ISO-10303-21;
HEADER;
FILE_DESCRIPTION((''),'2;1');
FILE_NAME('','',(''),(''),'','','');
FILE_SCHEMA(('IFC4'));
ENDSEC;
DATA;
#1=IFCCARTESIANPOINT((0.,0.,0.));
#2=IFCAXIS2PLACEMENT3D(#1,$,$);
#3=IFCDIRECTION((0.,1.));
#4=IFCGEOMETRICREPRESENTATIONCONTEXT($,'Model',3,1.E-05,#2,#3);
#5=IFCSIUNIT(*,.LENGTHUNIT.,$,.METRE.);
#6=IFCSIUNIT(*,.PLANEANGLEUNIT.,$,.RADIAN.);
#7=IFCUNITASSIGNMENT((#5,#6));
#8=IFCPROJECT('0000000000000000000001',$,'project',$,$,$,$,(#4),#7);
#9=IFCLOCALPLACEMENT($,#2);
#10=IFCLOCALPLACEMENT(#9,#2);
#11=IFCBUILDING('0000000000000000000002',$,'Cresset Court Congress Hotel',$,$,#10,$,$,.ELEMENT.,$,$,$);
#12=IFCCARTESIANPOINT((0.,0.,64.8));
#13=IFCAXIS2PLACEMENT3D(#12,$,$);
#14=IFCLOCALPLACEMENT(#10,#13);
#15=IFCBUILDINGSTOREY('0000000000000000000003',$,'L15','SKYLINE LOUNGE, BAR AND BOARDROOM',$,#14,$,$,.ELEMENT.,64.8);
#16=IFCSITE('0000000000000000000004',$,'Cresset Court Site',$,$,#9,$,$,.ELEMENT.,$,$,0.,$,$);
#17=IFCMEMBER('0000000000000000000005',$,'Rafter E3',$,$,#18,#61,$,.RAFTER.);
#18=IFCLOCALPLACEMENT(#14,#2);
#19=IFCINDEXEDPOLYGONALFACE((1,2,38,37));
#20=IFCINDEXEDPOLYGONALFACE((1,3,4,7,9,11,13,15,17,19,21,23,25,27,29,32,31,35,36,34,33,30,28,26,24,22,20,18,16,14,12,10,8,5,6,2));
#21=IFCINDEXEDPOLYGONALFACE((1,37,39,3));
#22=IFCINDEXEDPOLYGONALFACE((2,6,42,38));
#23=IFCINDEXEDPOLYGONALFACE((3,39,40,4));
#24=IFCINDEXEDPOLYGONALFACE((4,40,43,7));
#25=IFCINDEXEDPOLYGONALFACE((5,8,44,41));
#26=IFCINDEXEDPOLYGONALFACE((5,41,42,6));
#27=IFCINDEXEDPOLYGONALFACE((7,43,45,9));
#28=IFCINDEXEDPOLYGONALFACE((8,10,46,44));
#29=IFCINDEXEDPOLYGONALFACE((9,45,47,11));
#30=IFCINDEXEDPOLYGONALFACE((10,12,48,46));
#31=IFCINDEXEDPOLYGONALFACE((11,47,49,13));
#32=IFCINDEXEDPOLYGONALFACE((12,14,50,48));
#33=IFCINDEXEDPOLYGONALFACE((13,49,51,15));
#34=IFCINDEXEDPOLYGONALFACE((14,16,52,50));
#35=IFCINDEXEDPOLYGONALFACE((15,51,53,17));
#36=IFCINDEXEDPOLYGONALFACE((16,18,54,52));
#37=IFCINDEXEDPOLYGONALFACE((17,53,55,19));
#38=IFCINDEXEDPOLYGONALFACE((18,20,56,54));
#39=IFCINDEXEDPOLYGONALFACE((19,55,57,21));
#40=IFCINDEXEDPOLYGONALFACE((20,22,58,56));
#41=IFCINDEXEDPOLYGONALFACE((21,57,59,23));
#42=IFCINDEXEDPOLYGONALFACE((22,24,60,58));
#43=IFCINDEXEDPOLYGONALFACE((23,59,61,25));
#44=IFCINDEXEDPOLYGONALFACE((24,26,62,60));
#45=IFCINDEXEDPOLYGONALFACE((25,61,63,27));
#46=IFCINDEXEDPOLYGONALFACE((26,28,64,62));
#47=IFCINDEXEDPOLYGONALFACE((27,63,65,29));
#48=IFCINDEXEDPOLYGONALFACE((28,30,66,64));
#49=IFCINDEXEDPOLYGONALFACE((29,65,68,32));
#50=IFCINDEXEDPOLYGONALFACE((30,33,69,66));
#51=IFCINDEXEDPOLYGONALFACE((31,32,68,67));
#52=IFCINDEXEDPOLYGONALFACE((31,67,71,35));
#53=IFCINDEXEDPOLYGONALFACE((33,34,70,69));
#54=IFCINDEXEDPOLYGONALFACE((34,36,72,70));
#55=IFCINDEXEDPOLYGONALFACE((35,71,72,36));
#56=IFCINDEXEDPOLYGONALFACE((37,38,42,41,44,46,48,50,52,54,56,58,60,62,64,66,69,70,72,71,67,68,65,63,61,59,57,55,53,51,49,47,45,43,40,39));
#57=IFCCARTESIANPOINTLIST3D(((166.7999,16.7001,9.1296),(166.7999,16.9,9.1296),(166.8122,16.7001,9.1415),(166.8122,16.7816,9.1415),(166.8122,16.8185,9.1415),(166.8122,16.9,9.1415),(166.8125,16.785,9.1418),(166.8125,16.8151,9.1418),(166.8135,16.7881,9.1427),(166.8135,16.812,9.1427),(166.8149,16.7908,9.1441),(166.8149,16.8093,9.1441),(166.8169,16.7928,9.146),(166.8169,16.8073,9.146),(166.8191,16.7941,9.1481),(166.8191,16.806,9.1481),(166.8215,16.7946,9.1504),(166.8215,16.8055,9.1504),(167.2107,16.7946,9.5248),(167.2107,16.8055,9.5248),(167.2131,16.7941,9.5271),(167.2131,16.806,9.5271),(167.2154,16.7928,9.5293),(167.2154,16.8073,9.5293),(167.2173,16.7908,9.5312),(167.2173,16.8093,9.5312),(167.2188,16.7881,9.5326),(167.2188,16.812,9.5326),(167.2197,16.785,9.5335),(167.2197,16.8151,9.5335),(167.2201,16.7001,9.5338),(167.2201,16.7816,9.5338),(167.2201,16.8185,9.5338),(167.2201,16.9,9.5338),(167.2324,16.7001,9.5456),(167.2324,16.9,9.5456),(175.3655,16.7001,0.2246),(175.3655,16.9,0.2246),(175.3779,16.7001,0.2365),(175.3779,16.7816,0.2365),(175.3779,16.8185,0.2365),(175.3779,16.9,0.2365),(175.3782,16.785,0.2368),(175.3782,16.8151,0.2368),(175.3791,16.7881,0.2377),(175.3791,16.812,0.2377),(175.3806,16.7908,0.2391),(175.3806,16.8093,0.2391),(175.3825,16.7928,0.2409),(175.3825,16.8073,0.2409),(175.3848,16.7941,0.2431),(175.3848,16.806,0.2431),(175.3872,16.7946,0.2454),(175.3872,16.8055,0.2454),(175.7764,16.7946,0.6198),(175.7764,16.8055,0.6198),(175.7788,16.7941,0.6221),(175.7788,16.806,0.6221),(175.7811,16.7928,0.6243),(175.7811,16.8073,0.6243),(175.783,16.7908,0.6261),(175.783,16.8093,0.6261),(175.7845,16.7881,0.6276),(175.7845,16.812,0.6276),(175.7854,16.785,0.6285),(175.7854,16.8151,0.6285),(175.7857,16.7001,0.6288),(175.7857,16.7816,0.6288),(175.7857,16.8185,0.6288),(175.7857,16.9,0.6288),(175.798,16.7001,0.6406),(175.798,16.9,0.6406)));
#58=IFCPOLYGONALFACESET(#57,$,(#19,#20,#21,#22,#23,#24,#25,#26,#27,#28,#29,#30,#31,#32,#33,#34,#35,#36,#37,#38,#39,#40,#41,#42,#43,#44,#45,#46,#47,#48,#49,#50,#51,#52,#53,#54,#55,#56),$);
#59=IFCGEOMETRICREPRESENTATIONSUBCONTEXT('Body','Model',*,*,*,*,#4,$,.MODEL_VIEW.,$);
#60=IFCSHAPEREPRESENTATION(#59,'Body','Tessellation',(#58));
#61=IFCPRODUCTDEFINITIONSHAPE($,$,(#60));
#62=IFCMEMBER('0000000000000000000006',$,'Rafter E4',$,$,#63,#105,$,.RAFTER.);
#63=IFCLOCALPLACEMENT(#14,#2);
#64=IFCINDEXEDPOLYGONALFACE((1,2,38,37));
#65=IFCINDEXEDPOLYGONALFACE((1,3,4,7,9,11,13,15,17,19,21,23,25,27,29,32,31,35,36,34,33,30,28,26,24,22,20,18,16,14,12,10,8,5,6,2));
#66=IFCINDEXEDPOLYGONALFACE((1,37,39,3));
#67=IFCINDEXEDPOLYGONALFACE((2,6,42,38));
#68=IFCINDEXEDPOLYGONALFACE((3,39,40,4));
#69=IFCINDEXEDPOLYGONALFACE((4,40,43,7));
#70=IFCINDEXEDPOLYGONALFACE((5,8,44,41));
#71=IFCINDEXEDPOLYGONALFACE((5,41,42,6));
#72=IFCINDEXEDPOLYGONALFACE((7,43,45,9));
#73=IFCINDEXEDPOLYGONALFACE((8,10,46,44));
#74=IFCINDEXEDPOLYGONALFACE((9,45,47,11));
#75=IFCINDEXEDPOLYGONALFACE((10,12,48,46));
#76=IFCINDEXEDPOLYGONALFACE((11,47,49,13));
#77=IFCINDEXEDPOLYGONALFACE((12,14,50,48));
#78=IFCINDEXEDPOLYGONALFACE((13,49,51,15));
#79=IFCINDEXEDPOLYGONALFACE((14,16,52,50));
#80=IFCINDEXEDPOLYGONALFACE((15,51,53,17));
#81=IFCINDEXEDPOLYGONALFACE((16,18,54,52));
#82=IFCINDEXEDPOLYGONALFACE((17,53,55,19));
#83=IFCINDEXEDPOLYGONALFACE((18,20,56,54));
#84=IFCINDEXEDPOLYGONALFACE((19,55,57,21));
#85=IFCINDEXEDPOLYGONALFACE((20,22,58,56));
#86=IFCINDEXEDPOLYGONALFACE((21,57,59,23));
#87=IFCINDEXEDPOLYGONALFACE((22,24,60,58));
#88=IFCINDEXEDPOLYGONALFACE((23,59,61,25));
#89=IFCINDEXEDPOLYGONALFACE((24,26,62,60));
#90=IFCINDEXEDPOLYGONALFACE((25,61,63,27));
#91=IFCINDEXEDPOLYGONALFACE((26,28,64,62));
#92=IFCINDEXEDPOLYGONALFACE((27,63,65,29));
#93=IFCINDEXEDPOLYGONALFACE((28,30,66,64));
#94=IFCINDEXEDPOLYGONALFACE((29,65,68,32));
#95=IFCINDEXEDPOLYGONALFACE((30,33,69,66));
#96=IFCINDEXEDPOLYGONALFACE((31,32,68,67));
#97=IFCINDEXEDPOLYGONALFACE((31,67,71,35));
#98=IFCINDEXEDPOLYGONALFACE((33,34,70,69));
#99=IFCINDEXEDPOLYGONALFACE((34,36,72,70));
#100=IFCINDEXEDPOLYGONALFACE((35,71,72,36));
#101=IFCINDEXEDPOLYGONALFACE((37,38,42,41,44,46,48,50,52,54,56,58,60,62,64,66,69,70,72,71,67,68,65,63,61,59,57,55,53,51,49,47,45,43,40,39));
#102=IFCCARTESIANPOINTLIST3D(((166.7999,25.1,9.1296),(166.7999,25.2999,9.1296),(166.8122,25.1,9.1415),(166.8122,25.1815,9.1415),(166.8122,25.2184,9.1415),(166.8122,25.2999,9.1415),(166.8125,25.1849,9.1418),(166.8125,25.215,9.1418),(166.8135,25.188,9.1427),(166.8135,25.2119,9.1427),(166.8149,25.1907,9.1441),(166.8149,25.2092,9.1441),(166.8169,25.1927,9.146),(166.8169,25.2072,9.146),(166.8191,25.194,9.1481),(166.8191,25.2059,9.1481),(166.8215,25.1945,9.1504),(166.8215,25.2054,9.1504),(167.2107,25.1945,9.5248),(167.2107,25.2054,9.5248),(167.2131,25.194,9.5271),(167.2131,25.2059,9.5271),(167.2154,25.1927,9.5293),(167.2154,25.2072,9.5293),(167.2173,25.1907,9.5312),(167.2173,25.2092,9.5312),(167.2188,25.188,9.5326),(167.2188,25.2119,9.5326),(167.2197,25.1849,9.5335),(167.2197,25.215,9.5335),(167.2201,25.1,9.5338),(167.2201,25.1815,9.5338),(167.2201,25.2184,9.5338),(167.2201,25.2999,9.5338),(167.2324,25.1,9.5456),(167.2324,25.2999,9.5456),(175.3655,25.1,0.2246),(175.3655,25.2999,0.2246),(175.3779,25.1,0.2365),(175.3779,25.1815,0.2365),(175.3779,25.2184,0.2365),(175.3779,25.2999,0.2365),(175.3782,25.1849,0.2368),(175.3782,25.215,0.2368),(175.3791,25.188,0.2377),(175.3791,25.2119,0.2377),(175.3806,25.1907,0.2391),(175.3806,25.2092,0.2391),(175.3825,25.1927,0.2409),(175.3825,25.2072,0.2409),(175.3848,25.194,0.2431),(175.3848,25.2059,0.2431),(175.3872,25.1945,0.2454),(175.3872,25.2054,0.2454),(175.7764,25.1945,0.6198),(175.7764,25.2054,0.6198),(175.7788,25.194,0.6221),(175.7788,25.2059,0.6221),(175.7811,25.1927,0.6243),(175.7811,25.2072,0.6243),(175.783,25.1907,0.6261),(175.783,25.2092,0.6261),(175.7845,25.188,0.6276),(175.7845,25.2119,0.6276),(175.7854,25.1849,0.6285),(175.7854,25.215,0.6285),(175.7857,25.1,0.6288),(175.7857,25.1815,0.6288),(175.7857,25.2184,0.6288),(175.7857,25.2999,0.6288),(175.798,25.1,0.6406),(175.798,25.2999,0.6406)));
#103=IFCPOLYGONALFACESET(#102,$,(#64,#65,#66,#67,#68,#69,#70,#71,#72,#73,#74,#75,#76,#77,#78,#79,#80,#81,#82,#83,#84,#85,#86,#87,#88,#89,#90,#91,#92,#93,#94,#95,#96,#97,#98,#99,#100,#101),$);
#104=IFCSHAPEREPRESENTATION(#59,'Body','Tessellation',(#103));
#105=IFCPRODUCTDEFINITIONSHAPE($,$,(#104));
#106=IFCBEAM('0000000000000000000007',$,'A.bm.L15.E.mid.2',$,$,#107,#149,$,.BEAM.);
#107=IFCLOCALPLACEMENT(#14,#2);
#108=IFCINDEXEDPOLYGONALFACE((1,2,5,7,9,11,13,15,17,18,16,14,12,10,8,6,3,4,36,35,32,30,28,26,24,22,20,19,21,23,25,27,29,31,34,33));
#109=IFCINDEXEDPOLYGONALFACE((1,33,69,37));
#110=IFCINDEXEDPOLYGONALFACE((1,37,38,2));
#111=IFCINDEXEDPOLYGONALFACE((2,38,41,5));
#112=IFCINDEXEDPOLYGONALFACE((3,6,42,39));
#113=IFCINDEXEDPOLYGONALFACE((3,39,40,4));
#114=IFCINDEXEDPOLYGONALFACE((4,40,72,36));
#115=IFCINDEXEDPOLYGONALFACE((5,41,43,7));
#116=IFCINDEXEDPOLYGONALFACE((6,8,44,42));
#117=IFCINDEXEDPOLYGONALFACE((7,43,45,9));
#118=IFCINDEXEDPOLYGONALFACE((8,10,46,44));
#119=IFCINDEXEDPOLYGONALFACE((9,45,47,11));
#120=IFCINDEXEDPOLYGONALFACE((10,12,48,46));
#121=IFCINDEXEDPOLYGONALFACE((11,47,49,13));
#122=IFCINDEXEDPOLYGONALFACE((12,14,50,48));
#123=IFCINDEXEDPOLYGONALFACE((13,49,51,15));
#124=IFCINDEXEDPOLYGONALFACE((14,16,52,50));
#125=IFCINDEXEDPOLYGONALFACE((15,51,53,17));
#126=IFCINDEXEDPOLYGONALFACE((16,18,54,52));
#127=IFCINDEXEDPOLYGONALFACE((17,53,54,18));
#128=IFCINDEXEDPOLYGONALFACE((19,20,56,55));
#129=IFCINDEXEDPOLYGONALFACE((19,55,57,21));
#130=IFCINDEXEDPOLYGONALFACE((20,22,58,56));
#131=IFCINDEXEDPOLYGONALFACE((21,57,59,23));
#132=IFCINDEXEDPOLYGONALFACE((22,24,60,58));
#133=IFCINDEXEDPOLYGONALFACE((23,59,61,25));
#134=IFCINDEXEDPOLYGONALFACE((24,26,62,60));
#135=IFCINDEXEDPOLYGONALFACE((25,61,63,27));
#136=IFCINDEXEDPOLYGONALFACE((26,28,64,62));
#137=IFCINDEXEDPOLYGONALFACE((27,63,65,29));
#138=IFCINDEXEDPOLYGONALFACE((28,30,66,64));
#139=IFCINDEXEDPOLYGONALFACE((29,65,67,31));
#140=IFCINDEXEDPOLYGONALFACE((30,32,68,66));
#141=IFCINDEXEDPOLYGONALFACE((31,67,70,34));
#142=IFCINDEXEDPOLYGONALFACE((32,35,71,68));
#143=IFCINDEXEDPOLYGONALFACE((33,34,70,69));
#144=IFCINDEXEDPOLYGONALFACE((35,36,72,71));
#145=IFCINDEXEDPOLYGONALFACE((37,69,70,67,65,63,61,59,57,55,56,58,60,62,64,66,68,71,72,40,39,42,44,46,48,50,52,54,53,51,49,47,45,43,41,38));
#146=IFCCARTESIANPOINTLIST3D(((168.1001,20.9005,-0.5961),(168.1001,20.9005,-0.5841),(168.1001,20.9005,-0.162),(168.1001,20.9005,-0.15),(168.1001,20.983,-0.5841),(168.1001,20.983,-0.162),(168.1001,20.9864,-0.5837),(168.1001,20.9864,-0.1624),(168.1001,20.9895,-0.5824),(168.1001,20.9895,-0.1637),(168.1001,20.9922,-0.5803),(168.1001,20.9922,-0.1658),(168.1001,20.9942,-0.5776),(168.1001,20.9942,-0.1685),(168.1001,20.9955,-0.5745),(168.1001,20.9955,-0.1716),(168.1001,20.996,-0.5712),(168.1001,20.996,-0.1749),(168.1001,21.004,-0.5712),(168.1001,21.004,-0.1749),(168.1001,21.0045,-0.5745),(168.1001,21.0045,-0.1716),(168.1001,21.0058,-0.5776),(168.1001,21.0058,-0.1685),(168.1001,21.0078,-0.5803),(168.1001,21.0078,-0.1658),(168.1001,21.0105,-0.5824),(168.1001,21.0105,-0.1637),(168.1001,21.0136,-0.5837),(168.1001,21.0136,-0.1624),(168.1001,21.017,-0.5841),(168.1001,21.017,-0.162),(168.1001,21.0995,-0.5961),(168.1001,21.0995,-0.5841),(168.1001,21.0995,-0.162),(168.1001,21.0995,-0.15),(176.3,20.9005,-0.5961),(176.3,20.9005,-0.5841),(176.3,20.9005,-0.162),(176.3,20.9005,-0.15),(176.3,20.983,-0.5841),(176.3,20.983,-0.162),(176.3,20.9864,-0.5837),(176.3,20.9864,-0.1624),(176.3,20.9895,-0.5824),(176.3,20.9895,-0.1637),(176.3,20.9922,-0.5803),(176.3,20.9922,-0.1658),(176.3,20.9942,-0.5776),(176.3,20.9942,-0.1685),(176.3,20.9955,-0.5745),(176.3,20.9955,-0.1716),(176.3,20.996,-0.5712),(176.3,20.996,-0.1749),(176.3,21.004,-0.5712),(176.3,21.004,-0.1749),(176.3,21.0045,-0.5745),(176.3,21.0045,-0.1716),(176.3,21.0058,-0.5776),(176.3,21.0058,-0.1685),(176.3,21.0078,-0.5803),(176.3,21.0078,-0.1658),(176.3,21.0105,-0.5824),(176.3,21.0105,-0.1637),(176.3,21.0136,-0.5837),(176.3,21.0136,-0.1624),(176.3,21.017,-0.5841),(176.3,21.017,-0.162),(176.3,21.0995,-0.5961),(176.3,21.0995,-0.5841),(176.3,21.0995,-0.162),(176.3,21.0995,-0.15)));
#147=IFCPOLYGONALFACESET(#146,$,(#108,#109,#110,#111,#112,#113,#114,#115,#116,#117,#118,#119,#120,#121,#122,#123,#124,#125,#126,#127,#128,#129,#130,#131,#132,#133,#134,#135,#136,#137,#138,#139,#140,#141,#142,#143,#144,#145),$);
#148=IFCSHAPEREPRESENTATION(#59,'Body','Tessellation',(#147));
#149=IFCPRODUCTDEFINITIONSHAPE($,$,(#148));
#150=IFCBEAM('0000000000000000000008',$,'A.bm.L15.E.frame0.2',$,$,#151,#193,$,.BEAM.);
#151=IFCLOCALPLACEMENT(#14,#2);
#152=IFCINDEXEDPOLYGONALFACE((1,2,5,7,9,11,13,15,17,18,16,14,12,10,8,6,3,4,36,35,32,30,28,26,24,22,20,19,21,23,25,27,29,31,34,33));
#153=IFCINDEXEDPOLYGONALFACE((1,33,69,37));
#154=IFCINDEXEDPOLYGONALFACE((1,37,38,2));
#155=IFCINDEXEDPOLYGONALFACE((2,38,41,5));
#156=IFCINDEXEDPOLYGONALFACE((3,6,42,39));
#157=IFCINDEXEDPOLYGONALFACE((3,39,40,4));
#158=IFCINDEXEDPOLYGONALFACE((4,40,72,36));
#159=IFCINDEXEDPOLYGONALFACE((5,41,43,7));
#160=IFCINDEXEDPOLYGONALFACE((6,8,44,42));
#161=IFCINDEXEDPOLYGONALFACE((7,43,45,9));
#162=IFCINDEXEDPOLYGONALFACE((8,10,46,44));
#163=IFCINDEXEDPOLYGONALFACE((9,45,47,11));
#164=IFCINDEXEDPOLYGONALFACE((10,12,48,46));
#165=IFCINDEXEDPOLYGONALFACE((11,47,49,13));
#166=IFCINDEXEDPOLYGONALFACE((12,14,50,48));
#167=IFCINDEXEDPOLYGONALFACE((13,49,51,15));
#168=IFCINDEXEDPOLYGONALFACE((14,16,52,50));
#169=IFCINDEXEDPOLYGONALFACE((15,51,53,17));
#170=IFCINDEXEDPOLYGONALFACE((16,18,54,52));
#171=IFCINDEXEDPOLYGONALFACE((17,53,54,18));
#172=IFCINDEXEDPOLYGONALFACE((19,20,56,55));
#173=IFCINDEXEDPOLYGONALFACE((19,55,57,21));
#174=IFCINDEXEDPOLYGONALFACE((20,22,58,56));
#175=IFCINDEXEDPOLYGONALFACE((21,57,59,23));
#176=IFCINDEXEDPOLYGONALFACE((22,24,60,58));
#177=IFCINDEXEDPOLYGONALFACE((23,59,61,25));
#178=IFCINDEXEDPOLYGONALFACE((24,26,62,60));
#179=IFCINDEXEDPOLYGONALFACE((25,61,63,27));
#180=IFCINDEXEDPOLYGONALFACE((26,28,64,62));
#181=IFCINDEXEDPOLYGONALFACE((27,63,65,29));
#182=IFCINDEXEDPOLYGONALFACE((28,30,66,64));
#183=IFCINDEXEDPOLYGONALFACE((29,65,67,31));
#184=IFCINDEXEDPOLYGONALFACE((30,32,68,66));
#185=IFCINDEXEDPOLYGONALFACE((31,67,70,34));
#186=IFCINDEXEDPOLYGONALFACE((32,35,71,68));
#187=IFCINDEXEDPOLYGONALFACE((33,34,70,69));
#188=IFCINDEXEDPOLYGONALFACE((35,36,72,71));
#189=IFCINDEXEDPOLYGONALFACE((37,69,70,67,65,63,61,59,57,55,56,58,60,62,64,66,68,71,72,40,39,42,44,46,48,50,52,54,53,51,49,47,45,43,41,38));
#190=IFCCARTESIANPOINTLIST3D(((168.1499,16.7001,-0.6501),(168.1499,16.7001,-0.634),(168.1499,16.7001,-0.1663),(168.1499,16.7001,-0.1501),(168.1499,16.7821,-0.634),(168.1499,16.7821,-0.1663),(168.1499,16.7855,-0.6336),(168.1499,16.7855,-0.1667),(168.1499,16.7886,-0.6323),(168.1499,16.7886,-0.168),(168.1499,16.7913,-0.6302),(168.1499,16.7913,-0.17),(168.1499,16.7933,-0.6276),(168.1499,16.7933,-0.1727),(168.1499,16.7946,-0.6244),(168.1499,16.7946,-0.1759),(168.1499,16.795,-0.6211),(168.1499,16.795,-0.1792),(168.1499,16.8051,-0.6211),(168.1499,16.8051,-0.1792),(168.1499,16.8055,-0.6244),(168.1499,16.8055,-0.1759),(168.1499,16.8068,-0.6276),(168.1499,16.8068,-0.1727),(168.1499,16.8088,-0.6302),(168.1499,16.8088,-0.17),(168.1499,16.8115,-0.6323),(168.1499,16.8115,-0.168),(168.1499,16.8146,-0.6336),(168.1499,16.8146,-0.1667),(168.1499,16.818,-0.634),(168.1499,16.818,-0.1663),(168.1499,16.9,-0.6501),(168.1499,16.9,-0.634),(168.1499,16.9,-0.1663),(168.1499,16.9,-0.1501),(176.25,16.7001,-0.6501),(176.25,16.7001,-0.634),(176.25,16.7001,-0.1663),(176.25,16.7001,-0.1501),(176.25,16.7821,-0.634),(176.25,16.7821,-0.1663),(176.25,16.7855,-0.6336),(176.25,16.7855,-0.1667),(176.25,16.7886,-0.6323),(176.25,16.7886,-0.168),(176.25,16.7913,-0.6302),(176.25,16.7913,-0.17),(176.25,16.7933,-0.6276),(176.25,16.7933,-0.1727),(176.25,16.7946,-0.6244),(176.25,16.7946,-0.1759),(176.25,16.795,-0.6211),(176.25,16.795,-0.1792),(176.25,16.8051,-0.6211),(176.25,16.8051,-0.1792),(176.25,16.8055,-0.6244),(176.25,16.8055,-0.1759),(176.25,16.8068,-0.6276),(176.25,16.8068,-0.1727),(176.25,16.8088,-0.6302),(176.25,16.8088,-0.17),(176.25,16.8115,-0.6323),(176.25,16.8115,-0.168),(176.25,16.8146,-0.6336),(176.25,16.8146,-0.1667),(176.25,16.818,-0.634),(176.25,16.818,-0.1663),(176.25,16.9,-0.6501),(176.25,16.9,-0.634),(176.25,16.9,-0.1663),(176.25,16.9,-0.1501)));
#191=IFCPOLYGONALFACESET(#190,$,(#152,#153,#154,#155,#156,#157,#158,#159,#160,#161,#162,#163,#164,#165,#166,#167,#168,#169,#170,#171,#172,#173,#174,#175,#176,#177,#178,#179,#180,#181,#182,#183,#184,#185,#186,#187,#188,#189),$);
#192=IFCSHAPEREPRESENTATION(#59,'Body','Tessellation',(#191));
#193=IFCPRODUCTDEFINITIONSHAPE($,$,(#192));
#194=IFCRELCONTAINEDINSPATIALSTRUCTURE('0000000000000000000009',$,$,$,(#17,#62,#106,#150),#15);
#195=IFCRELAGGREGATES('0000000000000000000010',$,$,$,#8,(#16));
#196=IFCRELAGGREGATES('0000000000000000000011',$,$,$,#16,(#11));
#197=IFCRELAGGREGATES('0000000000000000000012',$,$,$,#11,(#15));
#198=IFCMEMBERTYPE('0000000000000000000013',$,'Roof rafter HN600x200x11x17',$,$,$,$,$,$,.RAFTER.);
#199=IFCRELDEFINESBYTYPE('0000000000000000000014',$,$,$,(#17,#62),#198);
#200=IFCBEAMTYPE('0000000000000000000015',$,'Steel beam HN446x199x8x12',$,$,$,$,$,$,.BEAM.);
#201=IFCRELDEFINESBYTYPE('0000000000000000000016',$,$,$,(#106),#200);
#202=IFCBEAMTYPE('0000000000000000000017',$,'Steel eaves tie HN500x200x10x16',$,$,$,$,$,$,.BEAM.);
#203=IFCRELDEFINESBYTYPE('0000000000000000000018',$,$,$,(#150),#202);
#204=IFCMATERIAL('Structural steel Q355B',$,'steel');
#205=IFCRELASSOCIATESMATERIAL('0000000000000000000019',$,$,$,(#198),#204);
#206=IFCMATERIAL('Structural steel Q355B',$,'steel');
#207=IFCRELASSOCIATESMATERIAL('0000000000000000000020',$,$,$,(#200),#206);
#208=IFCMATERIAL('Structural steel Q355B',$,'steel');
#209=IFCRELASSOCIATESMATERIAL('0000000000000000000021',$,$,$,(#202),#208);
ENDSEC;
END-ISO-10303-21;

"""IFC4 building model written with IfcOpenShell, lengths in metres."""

from ifc_helpers import new_model, si_unit, direction, frame, origin, origin_2d, place, context, subcontext, project, spatial, i_section, extrude, material, material_profile, profile_set, type_object, element, save


model = new_model("IFC4")

# Units and contexts
model_context = context("Model", 3, precision=1e-05, world=origin(), true_north=direction((0.0, 1.0)))
body_context = subcontext(model_context, "Body", "Model", "MODEL_VIEW")
ifc_project = project(units=[si_unit("LENGTHUNIT", "METRE"), si_unit("PLANEANGLEUNIT", "RADIAN")], contexts=[model_context])

# Site, building, storey
site_placement = place(None, origin())
site = spatial("IfcSite", under=ifc_project, at=site_placement, Name="Cresset Court Site", CompositionType="ELEMENT", RefElevation=0.0)
building_placement = place(site_placement, origin())
building = spatial("IfcBuilding", under=site, at=building_placement, Name="Cresset Court Congress Hotel", CompositionType="ELEMENT")
storey_placement = place(building_placement, frame((0.0, 0.0, 64.8)))
storey = spatial("IfcBuildingStorey", under=building, at=storey_placement, Name="L15", Description="SKYLINE LOUNGE, BAR AND BOARDROOM", CompositionType="ELEMENT", Elevation=64.8)

# Members
ifc_material_1 = material(Name="Structural steel Q355B", Category="steel")
ifc_material_profile_1 = material_profile(ifc_material_1, i_section(OverallWidth=0.2, OverallDepth=0.6001, WebThickness=0.011, FlangeThickness=0.0171, FilletRadius=0.0129, at=origin_2d()), Name="HN600x200x11x17")
ifc_profile_set_1 = profile_set([ifc_material_profile_1], Name="Structural steel Q355B")
member_type_1 = type_object("IfcMemberType", Name="Roof rafter HN600x200x11x17", PredefinedType="RAFTER", material=ifc_profile_set_1)
for number, where, z_axis, x_axis, name in (
    (1, (175.5818, 16.8, 0.4326), (-0.693241, 0.0, 0.720706), (0.0, -1.0, 0.0), "Rafter E3"),
    (2, (175.5818, 25.2, 0.4326), (-0.693241, 0.0, 0.720706), (0.0, -1.0, 0.0), "Rafter E4"),
):
    element("IfcMember", number, at=place(storey_placement, frame(where, z_axis=z_axis, x_axis=x_axis)), inside=storey, type_object=member_type_1, Name=name, PredefinedType="RAFTER", context=body_context, shape_type="SweptSolid", body=[
        extrude(i_section(OverallWidth=0.2, OverallDepth=0.6001, WebThickness=0.011, FlangeThickness=0.0171, FilletRadius=0.0129, at=origin_2d()), origin(), (0.0, 0.0, 1.0), 12.356),
    ])

# Beams
ifc_material_2 = material(Name="Structural steel Q355B", Category="steel")
ifc_material_profile_2 = material_profile(ifc_material_2, i_section(OverallWidth=0.199, OverallDepth=0.446, WebThickness=0.0081, FlangeThickness=0.012, FilletRadius=0.0129, at=origin_2d()), Name="HN446x199x8x12")
ifc_profile_set_2 = profile_set([ifc_material_profile_2], Name="Structural steel Q355B")
beam_type_1 = type_object("IfcBeamType", Name="Steel beam HN446x199x8x12", PredefinedType="BEAM", material=ifc_profile_set_2)
beam_1_placement = place(storey_placement, frame((168.1001, 21.0, -0.373), z_axis=(1.0, 0.0, 0.0), x_axis=(0.0, 1.0, 0.0)))
element("IfcBeam", 3, at=beam_1_placement, inside=storey, type_object=beam_type_1, Name="A.bm.L15.E.mid.2", PredefinedType="BEAM", context=body_context, shape_type="SweptSolid", body=[
    extrude(i_section(OverallWidth=0.199, OverallDepth=0.446, WebThickness=0.0081, FlangeThickness=0.012, FilletRadius=0.0129, at=origin_2d()), origin(), (0.0, 0.0, 1.0), 8.2),
])
ifc_material_3 = material(Name="Structural steel Q355B", Category="steel")
ifc_material_profile_3 = material_profile(ifc_material_3, i_section(OverallWidth=0.2, OverallDepth=0.5, WebThickness=0.01, FlangeThickness=0.0161, FilletRadius=0.0129, at=origin_2d()), Name="HN500x200x10x16")
ifc_profile_set_3 = profile_set([ifc_material_profile_3], Name="Structural steel Q355B")
beam_type_2 = type_object("IfcBeamType", Name="Steel eaves tie HN500x200x10x16", PredefinedType="BEAM", material=ifc_profile_set_3)
beam_2_placement = place(storey_placement, frame((168.1499, 16.8, -0.4001), z_axis=(1.0, 0.0, 0.0), x_axis=(0.0, 1.0, 0.0)))
element("IfcBeam", 4, at=beam_2_placement, inside=storey, type_object=beam_type_2, Name="A.bm.L15.E.frame0.2", PredefinedType="BEAM", context=body_context, shape_type="SweptSolid", body=[
    extrude(i_section(OverallWidth=0.2, OverallDepth=0.5, WebThickness=0.01, FlangeThickness=0.0161, FilletRadius=0.0129, at=origin_2d()), origin(), (0.0, 0.0, 1.0), 8.1001),
])

save(model, "model.ifc")
